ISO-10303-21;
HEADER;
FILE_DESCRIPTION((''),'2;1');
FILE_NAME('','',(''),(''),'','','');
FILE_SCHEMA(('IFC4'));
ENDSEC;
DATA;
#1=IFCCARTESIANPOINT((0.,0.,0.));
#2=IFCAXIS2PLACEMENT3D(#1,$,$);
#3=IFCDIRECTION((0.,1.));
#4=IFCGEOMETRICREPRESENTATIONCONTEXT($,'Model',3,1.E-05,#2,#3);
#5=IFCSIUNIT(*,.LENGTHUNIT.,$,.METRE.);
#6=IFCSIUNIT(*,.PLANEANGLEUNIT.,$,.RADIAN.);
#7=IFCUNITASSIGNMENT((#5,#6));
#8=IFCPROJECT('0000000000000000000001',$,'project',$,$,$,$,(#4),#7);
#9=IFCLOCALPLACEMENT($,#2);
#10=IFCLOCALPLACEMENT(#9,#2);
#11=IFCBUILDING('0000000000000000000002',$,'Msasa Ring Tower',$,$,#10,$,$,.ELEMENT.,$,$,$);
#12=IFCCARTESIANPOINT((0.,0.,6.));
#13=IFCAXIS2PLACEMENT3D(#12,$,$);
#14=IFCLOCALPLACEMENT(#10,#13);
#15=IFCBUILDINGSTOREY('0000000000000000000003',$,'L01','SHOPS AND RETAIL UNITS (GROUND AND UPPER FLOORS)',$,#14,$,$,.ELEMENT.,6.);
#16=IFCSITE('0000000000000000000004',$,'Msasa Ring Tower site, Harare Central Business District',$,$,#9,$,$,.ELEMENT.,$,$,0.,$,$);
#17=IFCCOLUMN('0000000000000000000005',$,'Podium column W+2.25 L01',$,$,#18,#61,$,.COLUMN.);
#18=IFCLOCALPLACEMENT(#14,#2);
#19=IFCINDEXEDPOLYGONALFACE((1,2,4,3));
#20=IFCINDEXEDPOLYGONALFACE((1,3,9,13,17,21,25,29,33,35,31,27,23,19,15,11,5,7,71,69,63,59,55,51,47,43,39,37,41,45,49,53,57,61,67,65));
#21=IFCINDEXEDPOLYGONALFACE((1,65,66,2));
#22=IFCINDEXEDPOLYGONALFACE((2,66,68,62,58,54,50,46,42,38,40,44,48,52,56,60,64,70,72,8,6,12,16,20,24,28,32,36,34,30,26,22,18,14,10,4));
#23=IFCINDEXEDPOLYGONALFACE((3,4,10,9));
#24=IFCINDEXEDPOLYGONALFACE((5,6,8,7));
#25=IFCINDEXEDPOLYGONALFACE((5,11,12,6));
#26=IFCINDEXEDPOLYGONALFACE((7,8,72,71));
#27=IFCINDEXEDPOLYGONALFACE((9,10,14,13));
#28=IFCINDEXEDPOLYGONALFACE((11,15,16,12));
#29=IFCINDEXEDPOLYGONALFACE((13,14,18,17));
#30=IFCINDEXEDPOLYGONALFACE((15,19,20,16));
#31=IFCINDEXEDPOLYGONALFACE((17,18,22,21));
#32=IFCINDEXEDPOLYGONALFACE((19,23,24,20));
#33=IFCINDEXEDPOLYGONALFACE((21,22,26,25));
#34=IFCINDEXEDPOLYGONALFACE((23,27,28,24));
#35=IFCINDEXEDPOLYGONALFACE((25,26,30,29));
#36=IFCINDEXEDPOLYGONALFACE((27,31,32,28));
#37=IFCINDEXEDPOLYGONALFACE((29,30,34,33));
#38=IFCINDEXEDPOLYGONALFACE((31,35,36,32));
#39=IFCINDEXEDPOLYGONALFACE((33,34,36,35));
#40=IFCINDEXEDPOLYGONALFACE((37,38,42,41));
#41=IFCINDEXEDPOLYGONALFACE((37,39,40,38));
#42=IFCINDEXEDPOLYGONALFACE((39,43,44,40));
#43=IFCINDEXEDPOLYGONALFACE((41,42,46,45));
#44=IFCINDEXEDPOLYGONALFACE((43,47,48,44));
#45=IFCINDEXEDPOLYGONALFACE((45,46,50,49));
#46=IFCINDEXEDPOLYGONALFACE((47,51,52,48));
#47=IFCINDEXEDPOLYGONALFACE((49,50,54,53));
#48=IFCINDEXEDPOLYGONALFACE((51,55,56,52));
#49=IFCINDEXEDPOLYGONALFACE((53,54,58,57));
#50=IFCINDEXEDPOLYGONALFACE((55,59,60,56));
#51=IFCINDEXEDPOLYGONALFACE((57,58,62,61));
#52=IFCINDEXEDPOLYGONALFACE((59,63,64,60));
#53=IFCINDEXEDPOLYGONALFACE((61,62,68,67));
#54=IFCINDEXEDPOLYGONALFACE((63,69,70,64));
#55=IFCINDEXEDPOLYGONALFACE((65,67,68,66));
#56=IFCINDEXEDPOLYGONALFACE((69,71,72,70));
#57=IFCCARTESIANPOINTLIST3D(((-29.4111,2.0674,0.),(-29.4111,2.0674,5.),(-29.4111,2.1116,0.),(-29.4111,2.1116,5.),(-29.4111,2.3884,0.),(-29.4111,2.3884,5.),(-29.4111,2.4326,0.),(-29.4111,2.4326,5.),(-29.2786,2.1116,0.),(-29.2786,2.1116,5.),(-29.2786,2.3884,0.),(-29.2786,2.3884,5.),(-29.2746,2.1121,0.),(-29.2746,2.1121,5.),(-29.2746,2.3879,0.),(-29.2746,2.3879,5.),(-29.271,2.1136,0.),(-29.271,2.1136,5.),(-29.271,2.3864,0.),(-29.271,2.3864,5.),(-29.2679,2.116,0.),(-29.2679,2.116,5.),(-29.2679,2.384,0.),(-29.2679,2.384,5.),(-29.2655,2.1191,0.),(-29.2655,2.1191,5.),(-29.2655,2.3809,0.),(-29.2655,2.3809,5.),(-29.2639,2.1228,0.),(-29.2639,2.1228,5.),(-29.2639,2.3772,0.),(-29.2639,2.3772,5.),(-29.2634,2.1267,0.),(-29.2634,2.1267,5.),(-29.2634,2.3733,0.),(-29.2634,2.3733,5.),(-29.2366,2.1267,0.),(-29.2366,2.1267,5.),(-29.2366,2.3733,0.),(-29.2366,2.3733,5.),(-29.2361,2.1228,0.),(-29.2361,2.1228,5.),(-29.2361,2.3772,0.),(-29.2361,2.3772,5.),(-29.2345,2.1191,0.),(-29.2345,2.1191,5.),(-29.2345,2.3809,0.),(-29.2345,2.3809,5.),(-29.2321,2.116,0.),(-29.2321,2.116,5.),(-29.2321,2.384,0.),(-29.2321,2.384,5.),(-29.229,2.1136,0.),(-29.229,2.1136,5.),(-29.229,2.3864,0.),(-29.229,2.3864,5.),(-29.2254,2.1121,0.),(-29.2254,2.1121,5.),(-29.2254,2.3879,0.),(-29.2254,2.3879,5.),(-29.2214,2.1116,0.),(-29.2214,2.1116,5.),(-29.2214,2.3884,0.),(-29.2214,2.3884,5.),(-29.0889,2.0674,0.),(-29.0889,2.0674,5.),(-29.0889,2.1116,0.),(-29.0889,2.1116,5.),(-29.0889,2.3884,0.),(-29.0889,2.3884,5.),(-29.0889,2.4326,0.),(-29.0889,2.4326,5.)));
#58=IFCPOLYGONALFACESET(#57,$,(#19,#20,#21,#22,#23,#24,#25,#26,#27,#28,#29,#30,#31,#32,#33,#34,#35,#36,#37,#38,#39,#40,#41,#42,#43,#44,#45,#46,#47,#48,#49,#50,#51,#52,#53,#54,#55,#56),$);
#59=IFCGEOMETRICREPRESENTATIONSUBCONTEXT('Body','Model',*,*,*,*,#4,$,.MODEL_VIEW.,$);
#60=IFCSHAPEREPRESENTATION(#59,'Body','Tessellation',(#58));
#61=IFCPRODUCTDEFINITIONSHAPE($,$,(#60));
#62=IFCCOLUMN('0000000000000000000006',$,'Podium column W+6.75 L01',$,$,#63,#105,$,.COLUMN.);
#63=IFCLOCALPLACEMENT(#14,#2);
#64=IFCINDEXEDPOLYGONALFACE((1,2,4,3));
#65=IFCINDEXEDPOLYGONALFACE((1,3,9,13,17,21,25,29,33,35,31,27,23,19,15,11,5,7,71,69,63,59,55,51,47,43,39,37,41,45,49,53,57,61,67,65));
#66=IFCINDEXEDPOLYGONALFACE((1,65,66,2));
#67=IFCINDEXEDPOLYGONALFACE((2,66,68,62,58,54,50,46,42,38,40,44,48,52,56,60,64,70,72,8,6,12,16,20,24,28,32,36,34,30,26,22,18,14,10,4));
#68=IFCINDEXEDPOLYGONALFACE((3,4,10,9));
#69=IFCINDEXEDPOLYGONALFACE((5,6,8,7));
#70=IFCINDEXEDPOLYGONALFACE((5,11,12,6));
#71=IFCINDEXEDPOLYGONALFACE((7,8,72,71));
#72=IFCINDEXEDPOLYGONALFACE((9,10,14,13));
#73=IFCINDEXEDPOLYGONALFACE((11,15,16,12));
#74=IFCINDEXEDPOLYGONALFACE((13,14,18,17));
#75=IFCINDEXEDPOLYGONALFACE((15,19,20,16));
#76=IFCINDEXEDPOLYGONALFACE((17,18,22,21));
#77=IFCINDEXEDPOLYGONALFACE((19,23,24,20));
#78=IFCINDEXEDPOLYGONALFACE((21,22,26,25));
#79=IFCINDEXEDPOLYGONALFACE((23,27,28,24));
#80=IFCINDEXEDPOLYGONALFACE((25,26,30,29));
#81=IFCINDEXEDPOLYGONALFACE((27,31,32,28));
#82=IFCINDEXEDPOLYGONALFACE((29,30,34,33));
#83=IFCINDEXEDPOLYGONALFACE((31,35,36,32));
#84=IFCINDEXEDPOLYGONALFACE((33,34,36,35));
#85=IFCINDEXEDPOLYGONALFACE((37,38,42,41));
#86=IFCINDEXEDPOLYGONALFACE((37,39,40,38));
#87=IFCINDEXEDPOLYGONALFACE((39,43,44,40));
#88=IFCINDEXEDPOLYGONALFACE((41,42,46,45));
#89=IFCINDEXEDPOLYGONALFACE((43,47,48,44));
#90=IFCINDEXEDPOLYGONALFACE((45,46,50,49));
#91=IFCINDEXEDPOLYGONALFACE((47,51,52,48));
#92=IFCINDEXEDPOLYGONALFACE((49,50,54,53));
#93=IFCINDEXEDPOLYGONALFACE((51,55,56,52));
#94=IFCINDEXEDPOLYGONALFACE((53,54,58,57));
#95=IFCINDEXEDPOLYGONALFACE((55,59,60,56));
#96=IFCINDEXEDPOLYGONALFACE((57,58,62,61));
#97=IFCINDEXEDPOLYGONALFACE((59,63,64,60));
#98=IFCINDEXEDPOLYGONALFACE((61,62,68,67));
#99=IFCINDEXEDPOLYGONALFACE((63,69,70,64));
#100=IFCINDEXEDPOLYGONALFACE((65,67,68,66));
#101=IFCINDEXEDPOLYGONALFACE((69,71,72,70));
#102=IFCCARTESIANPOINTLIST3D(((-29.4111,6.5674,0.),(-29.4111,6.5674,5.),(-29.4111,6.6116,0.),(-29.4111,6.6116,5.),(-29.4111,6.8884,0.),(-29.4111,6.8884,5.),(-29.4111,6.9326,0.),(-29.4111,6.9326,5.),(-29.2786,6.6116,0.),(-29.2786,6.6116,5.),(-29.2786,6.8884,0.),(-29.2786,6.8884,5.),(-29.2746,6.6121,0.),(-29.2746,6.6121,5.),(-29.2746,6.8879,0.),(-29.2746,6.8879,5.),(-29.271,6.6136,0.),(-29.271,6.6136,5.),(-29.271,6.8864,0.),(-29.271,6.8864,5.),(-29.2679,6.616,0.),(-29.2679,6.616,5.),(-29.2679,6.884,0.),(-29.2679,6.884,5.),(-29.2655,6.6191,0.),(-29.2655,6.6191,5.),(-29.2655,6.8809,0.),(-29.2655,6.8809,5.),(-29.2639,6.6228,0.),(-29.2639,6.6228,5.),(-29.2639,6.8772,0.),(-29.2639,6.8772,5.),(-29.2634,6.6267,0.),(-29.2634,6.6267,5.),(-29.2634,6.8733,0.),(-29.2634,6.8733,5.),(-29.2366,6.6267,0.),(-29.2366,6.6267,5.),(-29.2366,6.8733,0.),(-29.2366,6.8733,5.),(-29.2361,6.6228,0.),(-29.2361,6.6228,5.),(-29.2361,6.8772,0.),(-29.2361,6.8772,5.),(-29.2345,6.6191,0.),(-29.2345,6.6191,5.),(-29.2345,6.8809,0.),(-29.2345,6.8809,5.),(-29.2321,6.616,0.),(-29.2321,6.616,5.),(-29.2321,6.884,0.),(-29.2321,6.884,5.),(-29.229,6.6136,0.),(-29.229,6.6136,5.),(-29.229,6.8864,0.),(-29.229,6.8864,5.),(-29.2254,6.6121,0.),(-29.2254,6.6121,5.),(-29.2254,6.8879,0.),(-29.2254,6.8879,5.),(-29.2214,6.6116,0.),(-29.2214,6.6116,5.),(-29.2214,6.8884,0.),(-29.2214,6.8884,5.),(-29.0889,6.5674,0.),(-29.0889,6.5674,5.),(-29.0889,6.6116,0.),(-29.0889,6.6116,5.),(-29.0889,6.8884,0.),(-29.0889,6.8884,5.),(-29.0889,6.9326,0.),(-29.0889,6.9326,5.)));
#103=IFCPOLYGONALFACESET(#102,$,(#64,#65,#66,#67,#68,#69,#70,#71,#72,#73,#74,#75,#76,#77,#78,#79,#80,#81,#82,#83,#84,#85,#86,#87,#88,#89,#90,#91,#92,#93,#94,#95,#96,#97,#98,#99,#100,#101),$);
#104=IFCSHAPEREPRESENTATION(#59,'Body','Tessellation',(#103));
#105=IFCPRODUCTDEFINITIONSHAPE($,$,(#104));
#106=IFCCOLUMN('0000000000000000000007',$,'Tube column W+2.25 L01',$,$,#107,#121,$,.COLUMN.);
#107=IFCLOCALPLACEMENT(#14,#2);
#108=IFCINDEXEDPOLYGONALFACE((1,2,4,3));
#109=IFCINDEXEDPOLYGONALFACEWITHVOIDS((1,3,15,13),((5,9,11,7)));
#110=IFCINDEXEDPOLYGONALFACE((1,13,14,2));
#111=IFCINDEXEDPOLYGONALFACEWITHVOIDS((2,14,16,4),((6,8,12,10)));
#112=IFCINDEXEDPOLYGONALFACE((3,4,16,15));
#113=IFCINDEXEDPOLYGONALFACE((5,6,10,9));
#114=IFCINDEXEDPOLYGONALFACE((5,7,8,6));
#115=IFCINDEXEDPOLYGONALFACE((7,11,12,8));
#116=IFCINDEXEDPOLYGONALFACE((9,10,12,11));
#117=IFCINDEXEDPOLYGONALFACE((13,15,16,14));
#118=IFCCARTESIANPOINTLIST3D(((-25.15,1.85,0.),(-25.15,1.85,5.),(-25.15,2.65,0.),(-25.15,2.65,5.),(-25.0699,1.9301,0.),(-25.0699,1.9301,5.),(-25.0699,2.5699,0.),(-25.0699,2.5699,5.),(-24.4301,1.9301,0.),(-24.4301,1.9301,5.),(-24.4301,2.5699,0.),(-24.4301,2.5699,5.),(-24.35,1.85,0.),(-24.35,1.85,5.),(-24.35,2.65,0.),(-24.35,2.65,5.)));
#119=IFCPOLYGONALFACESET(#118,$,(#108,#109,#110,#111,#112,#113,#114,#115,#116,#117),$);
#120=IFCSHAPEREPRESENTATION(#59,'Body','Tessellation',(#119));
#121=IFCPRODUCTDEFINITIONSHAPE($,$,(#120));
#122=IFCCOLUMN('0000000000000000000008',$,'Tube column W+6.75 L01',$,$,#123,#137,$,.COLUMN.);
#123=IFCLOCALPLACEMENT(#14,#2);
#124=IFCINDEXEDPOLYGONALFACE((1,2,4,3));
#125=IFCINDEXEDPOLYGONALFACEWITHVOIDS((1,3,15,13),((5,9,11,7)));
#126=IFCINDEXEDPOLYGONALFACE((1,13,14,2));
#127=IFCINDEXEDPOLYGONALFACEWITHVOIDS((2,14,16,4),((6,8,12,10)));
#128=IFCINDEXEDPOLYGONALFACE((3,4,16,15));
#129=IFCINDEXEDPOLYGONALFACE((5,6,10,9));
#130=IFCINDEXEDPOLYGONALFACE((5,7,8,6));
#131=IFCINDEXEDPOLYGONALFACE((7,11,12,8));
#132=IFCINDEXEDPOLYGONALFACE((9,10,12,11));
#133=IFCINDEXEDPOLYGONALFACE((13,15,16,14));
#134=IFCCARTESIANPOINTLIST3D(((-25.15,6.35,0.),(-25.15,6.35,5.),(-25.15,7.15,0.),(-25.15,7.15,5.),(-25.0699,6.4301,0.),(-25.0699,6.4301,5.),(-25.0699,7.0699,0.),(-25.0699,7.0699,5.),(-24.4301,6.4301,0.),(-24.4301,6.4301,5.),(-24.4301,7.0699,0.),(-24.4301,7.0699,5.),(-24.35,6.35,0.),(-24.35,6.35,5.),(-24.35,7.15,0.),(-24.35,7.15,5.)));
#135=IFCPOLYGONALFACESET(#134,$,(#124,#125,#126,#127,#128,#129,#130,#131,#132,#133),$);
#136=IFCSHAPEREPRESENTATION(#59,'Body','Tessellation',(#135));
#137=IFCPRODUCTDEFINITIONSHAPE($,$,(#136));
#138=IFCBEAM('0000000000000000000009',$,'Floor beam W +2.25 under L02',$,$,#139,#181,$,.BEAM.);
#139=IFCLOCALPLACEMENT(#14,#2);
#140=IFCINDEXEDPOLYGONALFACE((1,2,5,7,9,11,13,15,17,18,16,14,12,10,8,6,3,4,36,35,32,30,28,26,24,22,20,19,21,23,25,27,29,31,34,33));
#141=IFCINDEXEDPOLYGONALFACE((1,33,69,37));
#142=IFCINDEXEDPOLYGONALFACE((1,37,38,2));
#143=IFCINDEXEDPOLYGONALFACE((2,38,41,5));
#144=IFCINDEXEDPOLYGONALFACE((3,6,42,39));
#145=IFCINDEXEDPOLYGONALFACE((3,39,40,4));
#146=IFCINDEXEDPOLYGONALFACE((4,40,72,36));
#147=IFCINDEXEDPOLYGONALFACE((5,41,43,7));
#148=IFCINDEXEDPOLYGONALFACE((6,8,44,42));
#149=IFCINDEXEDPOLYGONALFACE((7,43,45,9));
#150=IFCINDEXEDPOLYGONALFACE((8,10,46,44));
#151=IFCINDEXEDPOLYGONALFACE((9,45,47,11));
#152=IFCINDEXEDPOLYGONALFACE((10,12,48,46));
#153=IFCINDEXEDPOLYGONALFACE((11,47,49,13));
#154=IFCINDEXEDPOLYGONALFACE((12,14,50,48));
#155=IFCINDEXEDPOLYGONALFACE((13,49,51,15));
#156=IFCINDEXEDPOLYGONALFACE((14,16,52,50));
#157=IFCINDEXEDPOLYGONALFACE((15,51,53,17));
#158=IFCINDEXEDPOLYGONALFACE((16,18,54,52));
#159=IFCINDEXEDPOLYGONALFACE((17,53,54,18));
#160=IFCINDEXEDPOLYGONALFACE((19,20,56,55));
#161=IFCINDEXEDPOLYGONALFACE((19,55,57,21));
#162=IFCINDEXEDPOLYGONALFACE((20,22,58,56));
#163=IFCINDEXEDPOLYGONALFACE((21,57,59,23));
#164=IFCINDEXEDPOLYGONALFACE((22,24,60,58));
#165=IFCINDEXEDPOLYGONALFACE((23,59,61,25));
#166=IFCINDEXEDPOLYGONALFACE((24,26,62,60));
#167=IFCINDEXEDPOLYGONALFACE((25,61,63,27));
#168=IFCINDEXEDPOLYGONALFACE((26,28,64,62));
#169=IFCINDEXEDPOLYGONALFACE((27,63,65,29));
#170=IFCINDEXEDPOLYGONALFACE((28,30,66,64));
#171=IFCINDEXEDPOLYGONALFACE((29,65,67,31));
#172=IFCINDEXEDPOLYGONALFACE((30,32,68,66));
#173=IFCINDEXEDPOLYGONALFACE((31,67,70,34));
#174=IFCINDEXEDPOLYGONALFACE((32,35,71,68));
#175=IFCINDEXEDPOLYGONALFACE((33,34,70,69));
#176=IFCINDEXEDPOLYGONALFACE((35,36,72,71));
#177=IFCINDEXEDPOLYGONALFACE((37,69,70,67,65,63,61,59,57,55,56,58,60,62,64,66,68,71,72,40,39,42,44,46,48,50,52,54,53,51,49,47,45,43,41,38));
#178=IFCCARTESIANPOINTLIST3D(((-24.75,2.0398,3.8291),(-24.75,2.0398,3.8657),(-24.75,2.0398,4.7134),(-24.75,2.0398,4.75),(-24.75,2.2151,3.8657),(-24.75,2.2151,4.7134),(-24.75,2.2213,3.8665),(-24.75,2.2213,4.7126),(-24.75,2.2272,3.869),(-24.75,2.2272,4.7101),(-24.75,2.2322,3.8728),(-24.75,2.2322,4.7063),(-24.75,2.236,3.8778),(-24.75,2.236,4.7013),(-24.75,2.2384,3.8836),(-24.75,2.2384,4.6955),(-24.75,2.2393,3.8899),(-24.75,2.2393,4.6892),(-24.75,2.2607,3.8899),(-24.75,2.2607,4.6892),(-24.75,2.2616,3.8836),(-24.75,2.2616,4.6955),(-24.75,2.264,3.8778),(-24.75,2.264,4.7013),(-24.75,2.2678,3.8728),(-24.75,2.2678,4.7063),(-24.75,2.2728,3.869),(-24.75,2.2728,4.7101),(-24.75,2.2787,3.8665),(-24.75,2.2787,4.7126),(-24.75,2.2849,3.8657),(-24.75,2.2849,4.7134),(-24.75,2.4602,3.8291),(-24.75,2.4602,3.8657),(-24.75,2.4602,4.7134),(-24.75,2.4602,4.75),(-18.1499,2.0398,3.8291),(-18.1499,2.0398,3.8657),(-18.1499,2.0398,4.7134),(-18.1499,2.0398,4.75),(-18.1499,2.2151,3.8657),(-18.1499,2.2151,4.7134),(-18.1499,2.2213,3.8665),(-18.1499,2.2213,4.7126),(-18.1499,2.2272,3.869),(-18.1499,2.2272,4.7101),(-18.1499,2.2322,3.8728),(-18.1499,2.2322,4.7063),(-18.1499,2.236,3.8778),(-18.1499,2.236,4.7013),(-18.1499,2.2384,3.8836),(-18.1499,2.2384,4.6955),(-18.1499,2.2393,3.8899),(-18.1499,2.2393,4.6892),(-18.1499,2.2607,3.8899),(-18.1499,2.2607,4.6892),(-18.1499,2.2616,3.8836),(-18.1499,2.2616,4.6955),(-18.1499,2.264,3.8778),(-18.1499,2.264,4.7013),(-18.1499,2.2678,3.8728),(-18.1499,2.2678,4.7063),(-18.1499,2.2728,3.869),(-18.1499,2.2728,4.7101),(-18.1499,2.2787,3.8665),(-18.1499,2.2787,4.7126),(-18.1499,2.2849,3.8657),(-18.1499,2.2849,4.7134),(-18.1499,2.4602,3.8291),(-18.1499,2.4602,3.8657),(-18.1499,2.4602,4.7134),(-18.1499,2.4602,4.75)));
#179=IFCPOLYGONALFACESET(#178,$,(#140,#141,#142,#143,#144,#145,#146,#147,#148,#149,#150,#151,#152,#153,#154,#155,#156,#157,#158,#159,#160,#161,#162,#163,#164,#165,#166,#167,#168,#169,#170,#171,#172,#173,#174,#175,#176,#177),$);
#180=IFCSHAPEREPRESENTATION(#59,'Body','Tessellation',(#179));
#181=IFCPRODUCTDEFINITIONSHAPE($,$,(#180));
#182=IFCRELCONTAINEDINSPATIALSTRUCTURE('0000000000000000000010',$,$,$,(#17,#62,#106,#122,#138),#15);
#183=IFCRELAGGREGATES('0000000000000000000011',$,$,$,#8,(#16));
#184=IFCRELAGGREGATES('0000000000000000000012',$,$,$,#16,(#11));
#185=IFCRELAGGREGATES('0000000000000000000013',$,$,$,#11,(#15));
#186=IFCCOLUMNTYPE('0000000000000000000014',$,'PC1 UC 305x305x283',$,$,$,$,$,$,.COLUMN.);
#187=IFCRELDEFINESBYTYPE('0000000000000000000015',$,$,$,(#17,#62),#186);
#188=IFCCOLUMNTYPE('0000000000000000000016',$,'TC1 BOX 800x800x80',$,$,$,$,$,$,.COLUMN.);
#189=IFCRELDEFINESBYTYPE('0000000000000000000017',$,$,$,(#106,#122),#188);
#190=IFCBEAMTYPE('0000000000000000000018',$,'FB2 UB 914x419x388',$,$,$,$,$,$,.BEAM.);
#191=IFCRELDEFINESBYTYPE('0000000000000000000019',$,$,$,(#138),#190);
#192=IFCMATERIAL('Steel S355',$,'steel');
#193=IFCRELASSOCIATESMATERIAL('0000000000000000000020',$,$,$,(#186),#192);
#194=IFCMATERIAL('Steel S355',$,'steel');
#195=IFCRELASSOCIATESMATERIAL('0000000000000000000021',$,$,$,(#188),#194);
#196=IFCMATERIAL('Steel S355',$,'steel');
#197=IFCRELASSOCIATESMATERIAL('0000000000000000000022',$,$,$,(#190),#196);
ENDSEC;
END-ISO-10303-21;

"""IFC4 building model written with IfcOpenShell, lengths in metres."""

from ifc_helpers import new_model, si_unit, direction, frame, origin, origin_2d, place, context, subcontext, project, spatial, hollow_rectangle, i_section, extrude, material, material_profile, profile_set, type_object, element, save


model = new_model("IFC4")

# Units and contexts
model_context = context("Model", 3, precision=1e-05, world=origin(), true_north=direction((0.0, 1.0)))
body_context = subcontext(model_context, "Body", "Model", "MODEL_VIEW")
ifc_project = project(units=[si_unit("LENGTHUNIT", "METRE"), si_unit("PLANEANGLEUNIT", "RADIAN")], contexts=[model_context])

# Site, building, storey
site_placement = place(None, origin())
site = spatial("IfcSite", under=ifc_project, at=site_placement, Name="Msasa Ring Tower site, Harare Central Business District", CompositionType="ELEMENT", RefElevation=0.0)
building_placement = place(site_placement, origin())
building = spatial("IfcBuilding", under=site, at=building_placement, Name="Msasa Ring Tower", CompositionType="ELEMENT")
storey_placement = place(building_placement, frame((0.0, 0.0, 6.0)))
storey = spatial("IfcBuildingStorey", under=building, at=storey_placement, Name="L01", Description="SHOPS AND RETAIL UNITS (GROUND AND UPPER FLOORS)", CompositionType="ELEMENT", Elevation=6.0)

# Columns
ifc_material_1 = material(Name="Steel S355", Category="steel")
ifc_material_profile_1 = material_profile(ifc_material_1, i_section(OverallWidth=0.3223, OverallDepth=0.3652, WebThickness=0.0269, FlangeThickness=0.0442, FilletRadius=0.0151, at=origin_2d()), Name="UC 305x305x283")
ifc_profile_set_1 = profile_set([ifc_material_profile_1], Name="Steel S355")
column_type_1 = type_object("IfcColumnType", Name="PC1 UC 305x305x283", PredefinedType="COLUMN", material=ifc_profile_set_1)
for number, where, z_axis, x_axis, name in (
    (1, (-29.25, 2.25, 0.0), (0.0, 0.0, 1.0), (1.0, 0.0, 0.0), "Podium column W+2.25 L01"),
    (2, (-29.25, 6.75, 0.0), (0.0, 0.0, 1.0), (1.0, 0.0, 0.0), "Podium column W+6.75 L01"),
):
    element("IfcColumn", number, at=place(storey_placement, frame(where, z_axis=z_axis, x_axis=x_axis)), inside=storey, type_object=column_type_1, Name=name, PredefinedType="COLUMN", context=body_context, shape_type="SweptSolid", body=[
        extrude(i_section(OverallWidth=0.3223, OverallDepth=0.3652, WebThickness=0.0269, FlangeThickness=0.0442, FilletRadius=0.0151, at=origin_2d()), origin(), (0.0, 0.0, 1.0), 5.0),
    ])
ifc_material_2 = material(Name="Steel S355", Category="steel")
ifc_material_profile_2 = material_profile(ifc_material_2, hollow_rectangle(XDim=0.8, YDim=0.8, WallThickness=0.0801, at=origin_2d()), Name="BOX 800x800x80")
ifc_profile_set_2 = profile_set([ifc_material_profile_2], Name="Steel S355")
column_type_2 = type_object("IfcColumnType", Name="TC1 BOX 800x800x80", PredefinedType="COLUMN", material=ifc_profile_set_2)
for number, where, z_axis, x_axis, name in (
    (3, (-24.75, 2.25, 0.0), (0.0, 0.0, 1.0), (1.0, 0.0, 0.0), "Tube column W+2.25 L01"),
    (4, (-24.75, 6.75, 0.0), (0.0, 0.0, 1.0), (1.0, 0.0, 0.0), "Tube column W+6.75 L01"),
):
    element("IfcColumn", number, at=place(storey_placement, frame(where, z_axis=z_axis, x_axis=x_axis)), inside=storey, type_object=column_type_2, Name=name, PredefinedType="COLUMN", context=body_context, shape_type="SweptSolid", body=[
        extrude(hollow_rectangle(XDim=0.8, YDim=0.8, WallThickness=0.0801, at=origin_2d()), origin(), (0.0, 0.0, 1.0), 5.0),
    ])

# Beam
ifc_material_3 = material(Name="Steel S355", Category="steel")
ifc_material_profile_3 = material_profile(ifc_material_3, i_section(OverallWidth=0.4204, OverallDepth=0.9209, WebThickness=0.0215, FlangeThickness=0.0366, FilletRadius=0.0242, at=origin_2d()), Name="UB 914x419x388")
ifc_profile_set_3 = profile_set([ifc_material_profile_3], Name="Steel S355")
beam_type_1 = type_object("IfcBeamType", Name="FB2 UB 914x419x388", PredefinedType="BEAM", material=ifc_profile_set_3)
beam_placement = place(storey_placement, frame((-24.75, 2.25, 4.2896), z_axis=(1.0, 0.0, 0.0), x_axis=(0.0, 1.0, 0.0)))
element("IfcBeam", 5, at=beam_placement, inside=storey, type_object=beam_type_1, Name="Floor beam W +2.25 under L02", PredefinedType="BEAM", context=body_context, shape_type="SweptSolid", body=[
    extrude(i_section(OverallWidth=0.4204, OverallDepth=0.9209, WebThickness=0.0215, FlangeThickness=0.0366, FilletRadius=0.0242, at=origin_2d()), origin(), (0.0, 0.0, 1.0), 6.6001),
])

save(model, "model.ifc")
